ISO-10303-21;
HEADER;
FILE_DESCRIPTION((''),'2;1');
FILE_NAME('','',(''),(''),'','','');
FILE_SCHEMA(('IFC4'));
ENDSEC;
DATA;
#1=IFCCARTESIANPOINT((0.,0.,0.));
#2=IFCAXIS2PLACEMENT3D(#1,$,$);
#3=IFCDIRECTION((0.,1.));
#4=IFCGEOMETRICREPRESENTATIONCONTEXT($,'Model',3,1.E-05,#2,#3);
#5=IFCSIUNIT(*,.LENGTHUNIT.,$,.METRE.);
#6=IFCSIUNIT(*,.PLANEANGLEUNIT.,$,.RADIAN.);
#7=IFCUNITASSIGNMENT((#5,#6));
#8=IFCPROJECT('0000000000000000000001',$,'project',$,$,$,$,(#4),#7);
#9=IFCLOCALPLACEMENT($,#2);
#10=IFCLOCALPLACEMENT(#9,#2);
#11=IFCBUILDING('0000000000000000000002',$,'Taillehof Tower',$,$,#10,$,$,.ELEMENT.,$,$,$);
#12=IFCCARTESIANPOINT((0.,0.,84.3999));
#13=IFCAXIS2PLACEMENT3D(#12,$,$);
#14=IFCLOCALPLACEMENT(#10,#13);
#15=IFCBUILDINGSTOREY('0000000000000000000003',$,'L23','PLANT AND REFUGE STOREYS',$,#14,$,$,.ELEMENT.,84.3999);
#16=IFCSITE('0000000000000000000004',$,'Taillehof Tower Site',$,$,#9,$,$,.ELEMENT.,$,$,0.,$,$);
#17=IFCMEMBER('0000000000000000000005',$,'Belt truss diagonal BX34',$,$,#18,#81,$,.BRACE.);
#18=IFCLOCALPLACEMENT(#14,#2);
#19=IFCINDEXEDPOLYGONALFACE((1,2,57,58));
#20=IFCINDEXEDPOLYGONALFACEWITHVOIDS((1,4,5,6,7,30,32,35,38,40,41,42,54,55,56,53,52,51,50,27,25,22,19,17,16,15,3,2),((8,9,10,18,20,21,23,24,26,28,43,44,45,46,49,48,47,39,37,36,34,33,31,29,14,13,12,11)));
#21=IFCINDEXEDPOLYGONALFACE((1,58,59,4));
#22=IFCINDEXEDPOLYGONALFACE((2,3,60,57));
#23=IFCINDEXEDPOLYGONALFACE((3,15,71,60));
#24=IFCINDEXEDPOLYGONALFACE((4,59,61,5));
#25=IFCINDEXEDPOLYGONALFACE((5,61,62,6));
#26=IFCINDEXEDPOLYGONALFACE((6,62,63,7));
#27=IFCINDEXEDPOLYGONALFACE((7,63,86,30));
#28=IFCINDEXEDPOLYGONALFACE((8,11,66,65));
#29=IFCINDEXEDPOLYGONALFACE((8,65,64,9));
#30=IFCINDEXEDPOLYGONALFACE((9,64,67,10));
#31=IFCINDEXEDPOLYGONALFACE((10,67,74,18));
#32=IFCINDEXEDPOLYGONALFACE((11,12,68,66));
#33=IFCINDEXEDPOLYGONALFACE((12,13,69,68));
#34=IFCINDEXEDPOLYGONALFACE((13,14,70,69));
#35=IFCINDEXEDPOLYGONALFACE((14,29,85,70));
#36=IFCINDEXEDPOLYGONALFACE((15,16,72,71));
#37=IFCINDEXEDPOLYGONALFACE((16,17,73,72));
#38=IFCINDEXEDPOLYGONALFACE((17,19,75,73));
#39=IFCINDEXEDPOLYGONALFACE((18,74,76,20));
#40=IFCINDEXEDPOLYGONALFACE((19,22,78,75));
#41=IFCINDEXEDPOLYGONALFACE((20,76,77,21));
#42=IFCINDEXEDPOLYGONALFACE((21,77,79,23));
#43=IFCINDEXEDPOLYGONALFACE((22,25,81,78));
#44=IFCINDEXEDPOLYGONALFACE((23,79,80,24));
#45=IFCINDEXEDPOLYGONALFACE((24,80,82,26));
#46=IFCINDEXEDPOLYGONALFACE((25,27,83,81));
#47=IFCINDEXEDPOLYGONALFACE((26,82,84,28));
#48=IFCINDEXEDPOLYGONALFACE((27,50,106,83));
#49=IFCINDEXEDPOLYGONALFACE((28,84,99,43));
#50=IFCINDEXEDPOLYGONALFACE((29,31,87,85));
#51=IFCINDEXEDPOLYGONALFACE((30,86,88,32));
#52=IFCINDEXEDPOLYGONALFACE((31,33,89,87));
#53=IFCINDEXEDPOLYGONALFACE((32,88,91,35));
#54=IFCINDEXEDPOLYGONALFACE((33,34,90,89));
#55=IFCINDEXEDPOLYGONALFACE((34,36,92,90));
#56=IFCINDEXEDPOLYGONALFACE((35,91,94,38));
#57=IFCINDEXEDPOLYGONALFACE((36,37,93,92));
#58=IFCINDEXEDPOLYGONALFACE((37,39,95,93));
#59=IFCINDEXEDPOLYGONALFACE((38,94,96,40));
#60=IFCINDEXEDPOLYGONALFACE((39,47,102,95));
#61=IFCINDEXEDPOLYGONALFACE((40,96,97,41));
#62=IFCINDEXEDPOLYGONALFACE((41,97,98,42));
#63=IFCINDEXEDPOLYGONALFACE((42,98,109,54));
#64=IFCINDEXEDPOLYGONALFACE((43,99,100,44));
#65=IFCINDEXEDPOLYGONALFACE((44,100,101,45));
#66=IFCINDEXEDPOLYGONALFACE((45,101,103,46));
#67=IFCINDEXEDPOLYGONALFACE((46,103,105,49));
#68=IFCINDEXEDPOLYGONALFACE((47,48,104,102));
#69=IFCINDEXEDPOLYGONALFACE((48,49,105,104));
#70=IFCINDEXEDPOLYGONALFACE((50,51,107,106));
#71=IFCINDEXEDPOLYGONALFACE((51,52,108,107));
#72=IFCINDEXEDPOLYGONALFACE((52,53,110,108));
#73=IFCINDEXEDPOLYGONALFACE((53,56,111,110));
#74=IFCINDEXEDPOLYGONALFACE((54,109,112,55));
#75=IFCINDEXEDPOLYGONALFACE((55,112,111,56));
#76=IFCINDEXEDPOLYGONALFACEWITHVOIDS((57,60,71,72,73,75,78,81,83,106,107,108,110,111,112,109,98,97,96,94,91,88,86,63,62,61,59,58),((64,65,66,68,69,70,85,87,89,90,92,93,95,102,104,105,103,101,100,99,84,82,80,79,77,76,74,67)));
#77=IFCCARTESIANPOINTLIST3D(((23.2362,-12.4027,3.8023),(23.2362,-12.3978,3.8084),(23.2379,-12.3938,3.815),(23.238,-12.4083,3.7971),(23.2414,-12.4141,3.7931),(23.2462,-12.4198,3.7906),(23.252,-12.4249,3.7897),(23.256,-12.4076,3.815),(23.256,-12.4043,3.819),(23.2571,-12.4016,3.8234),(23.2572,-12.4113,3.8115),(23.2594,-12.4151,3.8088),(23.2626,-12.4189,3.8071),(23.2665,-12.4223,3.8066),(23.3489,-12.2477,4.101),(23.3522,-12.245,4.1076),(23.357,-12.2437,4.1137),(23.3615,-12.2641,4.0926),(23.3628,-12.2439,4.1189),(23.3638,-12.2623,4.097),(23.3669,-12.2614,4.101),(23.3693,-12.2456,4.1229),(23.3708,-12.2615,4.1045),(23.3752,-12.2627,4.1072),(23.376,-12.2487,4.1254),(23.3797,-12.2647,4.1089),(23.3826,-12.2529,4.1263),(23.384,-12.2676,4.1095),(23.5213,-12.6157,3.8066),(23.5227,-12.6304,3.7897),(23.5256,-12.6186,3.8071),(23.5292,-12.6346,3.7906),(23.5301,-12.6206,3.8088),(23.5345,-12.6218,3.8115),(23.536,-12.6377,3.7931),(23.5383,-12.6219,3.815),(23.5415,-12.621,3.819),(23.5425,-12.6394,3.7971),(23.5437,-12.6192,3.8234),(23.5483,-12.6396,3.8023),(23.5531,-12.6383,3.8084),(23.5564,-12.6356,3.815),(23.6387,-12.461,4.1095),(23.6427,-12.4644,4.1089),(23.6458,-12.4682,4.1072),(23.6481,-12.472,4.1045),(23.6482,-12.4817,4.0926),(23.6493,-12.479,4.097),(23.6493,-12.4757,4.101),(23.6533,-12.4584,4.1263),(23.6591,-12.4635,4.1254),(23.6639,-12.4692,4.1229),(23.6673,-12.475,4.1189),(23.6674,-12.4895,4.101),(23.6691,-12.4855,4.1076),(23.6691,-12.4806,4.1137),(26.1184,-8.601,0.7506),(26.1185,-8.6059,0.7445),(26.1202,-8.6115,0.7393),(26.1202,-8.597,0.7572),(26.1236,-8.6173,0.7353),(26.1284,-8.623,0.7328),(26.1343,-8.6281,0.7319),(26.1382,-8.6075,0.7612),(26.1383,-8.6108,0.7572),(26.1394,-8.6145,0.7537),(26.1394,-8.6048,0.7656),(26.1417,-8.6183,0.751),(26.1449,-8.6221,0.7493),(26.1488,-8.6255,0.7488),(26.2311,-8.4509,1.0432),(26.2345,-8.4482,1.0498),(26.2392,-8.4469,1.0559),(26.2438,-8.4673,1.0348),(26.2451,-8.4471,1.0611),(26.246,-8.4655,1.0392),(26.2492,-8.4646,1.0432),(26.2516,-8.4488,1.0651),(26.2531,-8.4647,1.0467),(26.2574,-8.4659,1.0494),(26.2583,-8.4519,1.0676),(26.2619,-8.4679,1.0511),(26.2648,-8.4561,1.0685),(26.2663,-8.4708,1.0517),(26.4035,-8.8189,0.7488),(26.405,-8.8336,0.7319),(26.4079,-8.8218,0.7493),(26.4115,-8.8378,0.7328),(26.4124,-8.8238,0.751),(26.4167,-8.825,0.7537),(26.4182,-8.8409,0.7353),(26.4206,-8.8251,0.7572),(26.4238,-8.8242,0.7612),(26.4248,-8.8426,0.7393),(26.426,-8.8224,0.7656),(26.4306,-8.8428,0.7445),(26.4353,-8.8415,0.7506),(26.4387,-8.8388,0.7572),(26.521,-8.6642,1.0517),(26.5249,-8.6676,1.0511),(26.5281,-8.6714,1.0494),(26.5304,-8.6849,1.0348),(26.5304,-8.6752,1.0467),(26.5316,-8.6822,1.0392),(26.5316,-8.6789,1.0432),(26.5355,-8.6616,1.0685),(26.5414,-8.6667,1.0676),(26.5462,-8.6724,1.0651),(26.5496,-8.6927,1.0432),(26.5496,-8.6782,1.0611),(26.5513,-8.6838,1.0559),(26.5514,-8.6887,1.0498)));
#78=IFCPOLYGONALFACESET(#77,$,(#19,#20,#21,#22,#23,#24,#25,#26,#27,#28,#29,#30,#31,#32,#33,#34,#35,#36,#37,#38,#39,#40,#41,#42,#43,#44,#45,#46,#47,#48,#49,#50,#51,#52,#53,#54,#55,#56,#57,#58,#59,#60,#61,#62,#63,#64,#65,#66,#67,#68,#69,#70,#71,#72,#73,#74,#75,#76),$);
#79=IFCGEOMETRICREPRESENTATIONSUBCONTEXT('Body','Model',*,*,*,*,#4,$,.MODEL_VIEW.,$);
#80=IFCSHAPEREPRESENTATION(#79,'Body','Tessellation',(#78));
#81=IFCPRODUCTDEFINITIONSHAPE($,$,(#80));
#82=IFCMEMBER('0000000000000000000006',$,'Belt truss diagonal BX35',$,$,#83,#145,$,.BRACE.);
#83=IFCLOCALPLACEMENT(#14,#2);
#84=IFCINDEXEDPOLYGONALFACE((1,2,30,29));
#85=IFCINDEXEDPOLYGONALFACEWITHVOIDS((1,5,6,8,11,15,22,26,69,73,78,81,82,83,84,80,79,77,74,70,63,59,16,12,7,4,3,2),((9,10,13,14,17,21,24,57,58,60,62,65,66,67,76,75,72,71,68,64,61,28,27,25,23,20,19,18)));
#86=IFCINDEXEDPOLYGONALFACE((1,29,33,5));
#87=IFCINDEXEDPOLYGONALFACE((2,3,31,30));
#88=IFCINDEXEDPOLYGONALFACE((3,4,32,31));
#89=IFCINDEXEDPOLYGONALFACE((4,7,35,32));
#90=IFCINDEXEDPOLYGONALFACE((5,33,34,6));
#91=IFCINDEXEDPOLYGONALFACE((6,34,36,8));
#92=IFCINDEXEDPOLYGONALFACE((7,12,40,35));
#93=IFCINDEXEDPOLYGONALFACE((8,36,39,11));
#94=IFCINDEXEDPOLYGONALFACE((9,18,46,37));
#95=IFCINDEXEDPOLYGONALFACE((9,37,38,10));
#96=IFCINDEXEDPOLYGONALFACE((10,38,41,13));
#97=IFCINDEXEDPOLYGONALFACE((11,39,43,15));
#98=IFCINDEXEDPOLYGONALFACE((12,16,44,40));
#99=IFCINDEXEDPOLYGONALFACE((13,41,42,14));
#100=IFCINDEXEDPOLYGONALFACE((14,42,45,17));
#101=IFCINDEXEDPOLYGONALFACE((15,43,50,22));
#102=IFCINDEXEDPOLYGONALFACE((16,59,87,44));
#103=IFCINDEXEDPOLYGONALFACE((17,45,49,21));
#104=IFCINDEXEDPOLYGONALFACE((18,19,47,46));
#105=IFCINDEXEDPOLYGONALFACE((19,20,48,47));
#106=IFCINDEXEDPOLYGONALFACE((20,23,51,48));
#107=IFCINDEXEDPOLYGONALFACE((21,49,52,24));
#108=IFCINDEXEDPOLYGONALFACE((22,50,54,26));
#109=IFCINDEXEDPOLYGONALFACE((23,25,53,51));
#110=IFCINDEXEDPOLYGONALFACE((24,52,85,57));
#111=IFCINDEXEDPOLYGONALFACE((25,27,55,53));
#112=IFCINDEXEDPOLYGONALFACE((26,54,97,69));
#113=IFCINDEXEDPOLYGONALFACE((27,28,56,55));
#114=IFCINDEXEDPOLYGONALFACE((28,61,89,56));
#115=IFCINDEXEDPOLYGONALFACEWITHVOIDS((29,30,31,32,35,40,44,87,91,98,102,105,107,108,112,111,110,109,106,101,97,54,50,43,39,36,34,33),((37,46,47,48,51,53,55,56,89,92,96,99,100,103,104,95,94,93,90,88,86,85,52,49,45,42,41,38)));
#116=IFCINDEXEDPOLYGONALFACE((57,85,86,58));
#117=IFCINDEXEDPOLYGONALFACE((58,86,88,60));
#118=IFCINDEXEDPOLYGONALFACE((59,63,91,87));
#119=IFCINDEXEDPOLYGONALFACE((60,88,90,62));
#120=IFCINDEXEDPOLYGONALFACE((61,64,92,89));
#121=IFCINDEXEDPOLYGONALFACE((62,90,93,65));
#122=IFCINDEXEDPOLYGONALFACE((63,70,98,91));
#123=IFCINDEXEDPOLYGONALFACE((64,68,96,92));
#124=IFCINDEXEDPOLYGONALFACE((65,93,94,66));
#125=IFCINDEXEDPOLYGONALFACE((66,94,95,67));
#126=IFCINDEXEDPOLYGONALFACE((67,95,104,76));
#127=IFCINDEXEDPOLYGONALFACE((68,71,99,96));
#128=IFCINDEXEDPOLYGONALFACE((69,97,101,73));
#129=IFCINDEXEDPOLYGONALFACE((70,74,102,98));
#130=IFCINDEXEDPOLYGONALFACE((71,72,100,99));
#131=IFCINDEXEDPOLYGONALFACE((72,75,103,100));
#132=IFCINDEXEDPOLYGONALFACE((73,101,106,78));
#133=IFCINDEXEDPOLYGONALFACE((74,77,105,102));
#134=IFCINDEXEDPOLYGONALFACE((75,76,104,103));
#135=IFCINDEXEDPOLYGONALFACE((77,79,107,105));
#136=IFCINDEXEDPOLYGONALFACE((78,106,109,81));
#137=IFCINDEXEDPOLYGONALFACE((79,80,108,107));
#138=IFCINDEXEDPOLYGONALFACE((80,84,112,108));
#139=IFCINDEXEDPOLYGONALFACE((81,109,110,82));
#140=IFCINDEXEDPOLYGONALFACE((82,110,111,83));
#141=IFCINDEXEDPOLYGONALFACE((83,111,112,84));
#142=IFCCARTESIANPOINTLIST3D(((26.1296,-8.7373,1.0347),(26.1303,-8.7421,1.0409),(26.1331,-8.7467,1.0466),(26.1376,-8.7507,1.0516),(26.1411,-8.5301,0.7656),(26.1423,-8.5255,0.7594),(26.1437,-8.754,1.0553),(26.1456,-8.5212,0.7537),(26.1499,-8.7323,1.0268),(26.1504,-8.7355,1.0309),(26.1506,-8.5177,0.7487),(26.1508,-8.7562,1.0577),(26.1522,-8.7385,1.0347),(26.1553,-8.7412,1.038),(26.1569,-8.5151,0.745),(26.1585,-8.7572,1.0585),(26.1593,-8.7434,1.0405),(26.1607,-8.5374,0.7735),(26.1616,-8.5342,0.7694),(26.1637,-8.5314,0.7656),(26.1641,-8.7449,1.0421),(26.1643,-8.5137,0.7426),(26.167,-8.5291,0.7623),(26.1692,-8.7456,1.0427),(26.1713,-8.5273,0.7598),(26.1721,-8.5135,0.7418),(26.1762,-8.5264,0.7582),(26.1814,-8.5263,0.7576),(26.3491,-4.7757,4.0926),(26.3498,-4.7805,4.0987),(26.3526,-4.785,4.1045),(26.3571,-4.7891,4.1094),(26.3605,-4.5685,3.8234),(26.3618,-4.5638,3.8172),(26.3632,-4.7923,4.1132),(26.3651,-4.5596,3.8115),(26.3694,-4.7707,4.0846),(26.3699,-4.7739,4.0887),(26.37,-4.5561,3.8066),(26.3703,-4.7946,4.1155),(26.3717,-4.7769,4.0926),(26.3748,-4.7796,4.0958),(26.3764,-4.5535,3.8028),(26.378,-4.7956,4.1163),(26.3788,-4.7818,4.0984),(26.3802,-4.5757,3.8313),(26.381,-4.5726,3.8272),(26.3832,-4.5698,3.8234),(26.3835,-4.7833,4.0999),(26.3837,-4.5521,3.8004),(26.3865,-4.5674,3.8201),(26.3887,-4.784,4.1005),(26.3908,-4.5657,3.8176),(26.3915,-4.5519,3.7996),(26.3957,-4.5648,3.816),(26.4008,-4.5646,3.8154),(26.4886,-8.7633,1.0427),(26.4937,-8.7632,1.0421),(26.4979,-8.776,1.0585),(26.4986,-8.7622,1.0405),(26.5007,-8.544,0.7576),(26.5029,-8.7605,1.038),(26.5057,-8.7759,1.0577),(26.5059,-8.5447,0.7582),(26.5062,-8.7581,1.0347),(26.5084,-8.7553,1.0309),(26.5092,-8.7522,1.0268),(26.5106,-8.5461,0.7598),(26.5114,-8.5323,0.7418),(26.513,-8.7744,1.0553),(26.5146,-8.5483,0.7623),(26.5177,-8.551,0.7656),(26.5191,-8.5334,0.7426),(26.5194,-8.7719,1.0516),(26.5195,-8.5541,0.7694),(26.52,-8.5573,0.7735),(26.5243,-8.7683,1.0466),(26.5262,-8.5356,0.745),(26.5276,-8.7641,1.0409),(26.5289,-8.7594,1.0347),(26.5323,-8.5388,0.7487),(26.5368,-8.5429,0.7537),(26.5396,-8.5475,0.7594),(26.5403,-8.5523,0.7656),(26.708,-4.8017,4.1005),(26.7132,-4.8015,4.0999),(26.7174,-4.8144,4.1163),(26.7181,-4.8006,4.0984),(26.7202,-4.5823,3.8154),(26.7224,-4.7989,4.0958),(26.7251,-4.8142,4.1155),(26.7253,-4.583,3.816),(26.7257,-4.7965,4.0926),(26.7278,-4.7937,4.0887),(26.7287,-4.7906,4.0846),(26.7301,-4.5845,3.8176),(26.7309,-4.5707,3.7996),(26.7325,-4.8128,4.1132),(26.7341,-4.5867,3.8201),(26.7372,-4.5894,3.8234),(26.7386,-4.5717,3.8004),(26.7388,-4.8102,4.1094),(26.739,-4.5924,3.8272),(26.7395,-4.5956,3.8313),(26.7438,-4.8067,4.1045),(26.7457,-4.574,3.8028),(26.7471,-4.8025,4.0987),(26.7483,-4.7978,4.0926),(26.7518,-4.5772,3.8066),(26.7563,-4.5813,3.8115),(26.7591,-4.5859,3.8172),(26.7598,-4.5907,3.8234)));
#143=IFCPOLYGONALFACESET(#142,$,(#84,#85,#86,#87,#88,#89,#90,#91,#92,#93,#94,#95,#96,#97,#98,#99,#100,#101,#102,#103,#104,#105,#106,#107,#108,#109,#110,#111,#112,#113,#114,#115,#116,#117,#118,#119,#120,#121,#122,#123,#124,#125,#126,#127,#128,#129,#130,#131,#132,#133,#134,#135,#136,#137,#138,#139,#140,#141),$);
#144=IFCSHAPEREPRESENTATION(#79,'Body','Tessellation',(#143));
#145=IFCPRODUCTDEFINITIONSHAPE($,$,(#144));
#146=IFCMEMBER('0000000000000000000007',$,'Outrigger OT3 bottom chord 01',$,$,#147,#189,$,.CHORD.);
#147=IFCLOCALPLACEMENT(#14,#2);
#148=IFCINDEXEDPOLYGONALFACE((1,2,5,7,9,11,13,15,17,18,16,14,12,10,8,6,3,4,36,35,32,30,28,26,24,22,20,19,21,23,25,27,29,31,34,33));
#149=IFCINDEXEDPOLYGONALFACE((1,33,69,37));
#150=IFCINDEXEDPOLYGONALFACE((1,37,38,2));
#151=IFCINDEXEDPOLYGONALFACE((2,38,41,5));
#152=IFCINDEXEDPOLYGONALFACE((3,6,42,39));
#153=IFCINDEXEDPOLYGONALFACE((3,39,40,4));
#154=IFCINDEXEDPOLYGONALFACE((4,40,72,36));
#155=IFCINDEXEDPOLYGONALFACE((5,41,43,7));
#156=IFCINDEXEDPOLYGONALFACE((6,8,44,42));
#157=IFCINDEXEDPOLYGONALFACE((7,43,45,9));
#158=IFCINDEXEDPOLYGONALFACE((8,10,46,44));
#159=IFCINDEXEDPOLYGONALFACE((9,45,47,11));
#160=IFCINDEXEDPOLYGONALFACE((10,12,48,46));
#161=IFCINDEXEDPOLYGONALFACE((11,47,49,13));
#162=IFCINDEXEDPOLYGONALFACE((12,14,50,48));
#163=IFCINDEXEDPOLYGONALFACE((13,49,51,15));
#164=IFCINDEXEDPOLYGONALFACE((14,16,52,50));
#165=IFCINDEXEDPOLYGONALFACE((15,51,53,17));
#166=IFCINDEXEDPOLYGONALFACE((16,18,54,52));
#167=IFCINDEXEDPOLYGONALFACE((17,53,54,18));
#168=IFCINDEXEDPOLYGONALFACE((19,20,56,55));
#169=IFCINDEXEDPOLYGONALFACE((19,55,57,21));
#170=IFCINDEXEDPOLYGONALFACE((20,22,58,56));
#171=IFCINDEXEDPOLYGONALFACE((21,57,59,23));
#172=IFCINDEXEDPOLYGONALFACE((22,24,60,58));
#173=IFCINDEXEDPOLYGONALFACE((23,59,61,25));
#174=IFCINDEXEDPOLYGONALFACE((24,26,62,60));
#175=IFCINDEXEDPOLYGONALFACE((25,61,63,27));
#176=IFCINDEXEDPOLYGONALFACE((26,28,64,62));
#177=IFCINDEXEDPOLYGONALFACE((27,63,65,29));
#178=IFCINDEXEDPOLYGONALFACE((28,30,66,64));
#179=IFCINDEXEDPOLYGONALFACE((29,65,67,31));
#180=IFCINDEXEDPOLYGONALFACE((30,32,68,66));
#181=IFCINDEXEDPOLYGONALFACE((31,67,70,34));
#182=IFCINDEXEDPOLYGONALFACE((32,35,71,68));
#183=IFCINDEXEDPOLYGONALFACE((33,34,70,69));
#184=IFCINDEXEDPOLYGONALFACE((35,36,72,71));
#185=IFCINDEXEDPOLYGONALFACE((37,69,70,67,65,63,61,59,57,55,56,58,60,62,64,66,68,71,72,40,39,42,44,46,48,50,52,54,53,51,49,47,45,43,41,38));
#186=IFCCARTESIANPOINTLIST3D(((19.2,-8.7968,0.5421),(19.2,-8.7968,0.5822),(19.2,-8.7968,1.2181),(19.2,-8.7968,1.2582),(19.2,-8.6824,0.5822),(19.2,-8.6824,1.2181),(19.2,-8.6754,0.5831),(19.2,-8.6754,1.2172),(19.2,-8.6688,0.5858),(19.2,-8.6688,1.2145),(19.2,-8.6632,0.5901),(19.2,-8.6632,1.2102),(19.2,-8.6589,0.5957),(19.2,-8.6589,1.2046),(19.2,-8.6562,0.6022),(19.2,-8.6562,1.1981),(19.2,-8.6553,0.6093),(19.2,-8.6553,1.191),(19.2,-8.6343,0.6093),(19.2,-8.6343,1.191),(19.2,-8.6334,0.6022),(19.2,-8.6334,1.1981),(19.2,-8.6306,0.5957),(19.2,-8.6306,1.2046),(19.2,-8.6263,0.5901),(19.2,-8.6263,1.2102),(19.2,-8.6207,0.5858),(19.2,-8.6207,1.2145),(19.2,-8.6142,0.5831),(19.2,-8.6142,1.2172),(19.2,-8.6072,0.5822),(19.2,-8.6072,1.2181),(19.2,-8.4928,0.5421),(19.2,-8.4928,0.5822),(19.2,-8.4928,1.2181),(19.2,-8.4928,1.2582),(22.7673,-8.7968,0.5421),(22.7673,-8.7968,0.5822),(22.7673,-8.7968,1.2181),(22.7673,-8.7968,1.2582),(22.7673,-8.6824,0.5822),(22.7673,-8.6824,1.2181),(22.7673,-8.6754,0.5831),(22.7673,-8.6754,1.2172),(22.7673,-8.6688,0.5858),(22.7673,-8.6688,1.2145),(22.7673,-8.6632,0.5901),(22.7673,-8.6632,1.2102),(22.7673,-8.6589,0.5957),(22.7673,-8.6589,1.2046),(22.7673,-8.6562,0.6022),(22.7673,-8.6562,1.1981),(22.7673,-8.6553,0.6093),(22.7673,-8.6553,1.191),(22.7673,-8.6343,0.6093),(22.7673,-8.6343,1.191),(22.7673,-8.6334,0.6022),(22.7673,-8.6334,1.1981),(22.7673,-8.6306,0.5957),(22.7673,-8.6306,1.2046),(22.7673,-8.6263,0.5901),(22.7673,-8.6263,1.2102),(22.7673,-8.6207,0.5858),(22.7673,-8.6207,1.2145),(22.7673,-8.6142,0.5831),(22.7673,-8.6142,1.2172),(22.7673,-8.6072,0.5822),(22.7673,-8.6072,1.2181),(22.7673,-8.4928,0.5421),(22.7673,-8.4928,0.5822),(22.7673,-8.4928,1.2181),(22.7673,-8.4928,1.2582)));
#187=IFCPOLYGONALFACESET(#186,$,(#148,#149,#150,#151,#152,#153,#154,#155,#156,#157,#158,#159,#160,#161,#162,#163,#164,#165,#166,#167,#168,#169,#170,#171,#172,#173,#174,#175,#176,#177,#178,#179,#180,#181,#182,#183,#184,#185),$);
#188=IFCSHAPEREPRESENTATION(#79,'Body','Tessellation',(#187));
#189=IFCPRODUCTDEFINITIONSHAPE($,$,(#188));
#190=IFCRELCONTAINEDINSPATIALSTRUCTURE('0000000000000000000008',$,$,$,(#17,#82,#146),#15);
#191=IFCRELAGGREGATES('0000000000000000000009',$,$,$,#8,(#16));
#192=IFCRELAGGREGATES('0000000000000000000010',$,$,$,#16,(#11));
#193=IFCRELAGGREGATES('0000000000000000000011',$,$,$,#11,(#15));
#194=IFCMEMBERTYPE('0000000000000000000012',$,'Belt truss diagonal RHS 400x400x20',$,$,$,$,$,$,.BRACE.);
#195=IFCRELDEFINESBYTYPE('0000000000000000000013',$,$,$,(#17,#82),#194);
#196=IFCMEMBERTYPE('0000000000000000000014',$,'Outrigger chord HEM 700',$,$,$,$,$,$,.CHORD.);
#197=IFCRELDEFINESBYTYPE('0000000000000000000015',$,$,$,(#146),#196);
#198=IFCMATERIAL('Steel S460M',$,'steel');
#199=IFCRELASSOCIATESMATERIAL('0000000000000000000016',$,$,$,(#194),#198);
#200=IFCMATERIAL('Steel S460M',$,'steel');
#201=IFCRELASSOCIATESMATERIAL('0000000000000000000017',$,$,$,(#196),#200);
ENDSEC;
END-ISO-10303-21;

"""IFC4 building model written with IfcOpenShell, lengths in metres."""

from ifc_helpers import new_model, si_unit, direction, frame, origin, origin_2d, place, context, subcontext, project, spatial, hollow_rectangle, i_section, extrude, material, material_profile, profile_set, type_object, element, save


model = new_model("IFC4")

# Units and contexts
model_context = context("Model", 3, precision=1e-05, world=origin(), true_north=direction((0.0, 1.0)))
body_context = subcontext(model_context, "Body", "Model", "MODEL_VIEW")
ifc_project = project(units=[si_unit("LENGTHUNIT", "METRE"), si_unit("PLANEANGLEUNIT", "RADIAN")], contexts=[model_context])

# Site, building, storey
site_placement = place(None, origin())
site = spatial("IfcSite", under=ifc_project, at=site_placement, Name="Taillehof Tower Site", CompositionType="ELEMENT", RefElevation=0.0)
building_placement = place(site_placement, origin())
building = spatial("IfcBuilding", under=site, at=building_placement, Name="Taillehof Tower", CompositionType="ELEMENT")
storey_placement = place(building_placement, frame((0.0, 0.0, 84.3999)))
storey = spatial("IfcBuildingStorey", under=building, at=storey_placement, Name="L23", Description="PLANT AND REFUGE STOREYS", CompositionType="ELEMENT", Elevation=84.3999)

# Members
ifc_material_1 = material(Name="Steel S460M", Category="steel")
ifc_material_profile_1 = material_profile(ifc_material_1, hollow_rectangle(XDim=0.3999, YDim=0.3999, WallThickness=0.02, InnerFilletRadius=0.02, OuterFilletRadius=0.03, at=origin_2d()), Name="RHS 400x400x20")
ifc_profile_set_1 = profile_set([ifc_material_profile_1], Name="Steel S460M")
member_type_1 = type_object("IfcMemberType", Name="Belt truss diagonal RHS 400x400x20", PredefinedType="BRACE", material=ifc_profile_set_1)
member_1_placement = place(storey_placement, frame((23.4526, -12.4417, 3.958), z_axis=(0.508935, 0.670418, -0.53993), x_axis=(-0.796496, 0.604644, 0.0)))
element("IfcMember", 1, at=member_1_placement, inside=storey, type_object=member_type_1, Name="Belt truss diagonal BX34", PredefinedType="BRACE", context=body_context, shape_type="SweptSolid", body=[
    extrude(hollow_rectangle(XDim=0.3999, YDim=0.3999, WallThickness=0.02, InnerFilletRadius=0.02, OuterFilletRadius=0.03, at=origin_2d()), origin(), (0.0, 0.0, 1.0), 5.6633),
])
member_2_placement = place(storey_placement, frame((26.335, -8.6448, 0.9001), z_axis=(0.043815, 0.790856, 0.610432), x_axis=(-0.998469, 0.055317, 0.0)))
element("IfcMember", 2, at=member_2_placement, inside=storey, type_object=member_type_1, Name="Belt truss diagonal BX35", PredefinedType="BRACE", context=body_context, shape_type="SweptSolid", body=[
    extrude(hollow_rectangle(XDim=0.3999, YDim=0.3999, WallThickness=0.02, InnerFilletRadius=0.02, OuterFilletRadius=0.03, at=origin_2d()), origin(), (0.0, 0.0, 1.0), 5.0093),
])
ifc_material_2 = material(Name="Steel S460M", Category="steel")
ifc_material_profile_2 = material_profile(ifc_material_2, i_section(OverallWidth=0.304, OverallDepth=0.7161, WebThickness=0.021, FlangeThickness=0.04, FilletRadius=0.0271, at=origin_2d()), Name="HEM 700")
ifc_profile_set_2 = profile_set([ifc_material_profile_2], Name="Steel S460M")
member_type_2 = type_object("IfcMemberType", Name="Outrigger chord HEM 700", PredefinedType="CHORD", material=ifc_profile_set_2)
member_3_placement = place(storey_placement, frame((19.2, -8.6448, 0.9001), z_axis=(1.0, 0.0, 0.0), x_axis=(0.0, 1.0, 0.0)))
element("IfcMember", 3, at=member_3_placement, inside=storey, type_object=member_type_2, Name="Outrigger OT3 bottom chord 01", PredefinedType="CHORD", context=body_context, shape_type="SweptSolid", body=[
    extrude(i_section(OverallWidth=0.304, OverallDepth=0.7161, WebThickness=0.021, FlangeThickness=0.04, FilletRadius=0.0271, at=origin_2d()), origin(), (0.0, 0.0, 1.0), 3.5674),
])

save(model, "model.ifc")
